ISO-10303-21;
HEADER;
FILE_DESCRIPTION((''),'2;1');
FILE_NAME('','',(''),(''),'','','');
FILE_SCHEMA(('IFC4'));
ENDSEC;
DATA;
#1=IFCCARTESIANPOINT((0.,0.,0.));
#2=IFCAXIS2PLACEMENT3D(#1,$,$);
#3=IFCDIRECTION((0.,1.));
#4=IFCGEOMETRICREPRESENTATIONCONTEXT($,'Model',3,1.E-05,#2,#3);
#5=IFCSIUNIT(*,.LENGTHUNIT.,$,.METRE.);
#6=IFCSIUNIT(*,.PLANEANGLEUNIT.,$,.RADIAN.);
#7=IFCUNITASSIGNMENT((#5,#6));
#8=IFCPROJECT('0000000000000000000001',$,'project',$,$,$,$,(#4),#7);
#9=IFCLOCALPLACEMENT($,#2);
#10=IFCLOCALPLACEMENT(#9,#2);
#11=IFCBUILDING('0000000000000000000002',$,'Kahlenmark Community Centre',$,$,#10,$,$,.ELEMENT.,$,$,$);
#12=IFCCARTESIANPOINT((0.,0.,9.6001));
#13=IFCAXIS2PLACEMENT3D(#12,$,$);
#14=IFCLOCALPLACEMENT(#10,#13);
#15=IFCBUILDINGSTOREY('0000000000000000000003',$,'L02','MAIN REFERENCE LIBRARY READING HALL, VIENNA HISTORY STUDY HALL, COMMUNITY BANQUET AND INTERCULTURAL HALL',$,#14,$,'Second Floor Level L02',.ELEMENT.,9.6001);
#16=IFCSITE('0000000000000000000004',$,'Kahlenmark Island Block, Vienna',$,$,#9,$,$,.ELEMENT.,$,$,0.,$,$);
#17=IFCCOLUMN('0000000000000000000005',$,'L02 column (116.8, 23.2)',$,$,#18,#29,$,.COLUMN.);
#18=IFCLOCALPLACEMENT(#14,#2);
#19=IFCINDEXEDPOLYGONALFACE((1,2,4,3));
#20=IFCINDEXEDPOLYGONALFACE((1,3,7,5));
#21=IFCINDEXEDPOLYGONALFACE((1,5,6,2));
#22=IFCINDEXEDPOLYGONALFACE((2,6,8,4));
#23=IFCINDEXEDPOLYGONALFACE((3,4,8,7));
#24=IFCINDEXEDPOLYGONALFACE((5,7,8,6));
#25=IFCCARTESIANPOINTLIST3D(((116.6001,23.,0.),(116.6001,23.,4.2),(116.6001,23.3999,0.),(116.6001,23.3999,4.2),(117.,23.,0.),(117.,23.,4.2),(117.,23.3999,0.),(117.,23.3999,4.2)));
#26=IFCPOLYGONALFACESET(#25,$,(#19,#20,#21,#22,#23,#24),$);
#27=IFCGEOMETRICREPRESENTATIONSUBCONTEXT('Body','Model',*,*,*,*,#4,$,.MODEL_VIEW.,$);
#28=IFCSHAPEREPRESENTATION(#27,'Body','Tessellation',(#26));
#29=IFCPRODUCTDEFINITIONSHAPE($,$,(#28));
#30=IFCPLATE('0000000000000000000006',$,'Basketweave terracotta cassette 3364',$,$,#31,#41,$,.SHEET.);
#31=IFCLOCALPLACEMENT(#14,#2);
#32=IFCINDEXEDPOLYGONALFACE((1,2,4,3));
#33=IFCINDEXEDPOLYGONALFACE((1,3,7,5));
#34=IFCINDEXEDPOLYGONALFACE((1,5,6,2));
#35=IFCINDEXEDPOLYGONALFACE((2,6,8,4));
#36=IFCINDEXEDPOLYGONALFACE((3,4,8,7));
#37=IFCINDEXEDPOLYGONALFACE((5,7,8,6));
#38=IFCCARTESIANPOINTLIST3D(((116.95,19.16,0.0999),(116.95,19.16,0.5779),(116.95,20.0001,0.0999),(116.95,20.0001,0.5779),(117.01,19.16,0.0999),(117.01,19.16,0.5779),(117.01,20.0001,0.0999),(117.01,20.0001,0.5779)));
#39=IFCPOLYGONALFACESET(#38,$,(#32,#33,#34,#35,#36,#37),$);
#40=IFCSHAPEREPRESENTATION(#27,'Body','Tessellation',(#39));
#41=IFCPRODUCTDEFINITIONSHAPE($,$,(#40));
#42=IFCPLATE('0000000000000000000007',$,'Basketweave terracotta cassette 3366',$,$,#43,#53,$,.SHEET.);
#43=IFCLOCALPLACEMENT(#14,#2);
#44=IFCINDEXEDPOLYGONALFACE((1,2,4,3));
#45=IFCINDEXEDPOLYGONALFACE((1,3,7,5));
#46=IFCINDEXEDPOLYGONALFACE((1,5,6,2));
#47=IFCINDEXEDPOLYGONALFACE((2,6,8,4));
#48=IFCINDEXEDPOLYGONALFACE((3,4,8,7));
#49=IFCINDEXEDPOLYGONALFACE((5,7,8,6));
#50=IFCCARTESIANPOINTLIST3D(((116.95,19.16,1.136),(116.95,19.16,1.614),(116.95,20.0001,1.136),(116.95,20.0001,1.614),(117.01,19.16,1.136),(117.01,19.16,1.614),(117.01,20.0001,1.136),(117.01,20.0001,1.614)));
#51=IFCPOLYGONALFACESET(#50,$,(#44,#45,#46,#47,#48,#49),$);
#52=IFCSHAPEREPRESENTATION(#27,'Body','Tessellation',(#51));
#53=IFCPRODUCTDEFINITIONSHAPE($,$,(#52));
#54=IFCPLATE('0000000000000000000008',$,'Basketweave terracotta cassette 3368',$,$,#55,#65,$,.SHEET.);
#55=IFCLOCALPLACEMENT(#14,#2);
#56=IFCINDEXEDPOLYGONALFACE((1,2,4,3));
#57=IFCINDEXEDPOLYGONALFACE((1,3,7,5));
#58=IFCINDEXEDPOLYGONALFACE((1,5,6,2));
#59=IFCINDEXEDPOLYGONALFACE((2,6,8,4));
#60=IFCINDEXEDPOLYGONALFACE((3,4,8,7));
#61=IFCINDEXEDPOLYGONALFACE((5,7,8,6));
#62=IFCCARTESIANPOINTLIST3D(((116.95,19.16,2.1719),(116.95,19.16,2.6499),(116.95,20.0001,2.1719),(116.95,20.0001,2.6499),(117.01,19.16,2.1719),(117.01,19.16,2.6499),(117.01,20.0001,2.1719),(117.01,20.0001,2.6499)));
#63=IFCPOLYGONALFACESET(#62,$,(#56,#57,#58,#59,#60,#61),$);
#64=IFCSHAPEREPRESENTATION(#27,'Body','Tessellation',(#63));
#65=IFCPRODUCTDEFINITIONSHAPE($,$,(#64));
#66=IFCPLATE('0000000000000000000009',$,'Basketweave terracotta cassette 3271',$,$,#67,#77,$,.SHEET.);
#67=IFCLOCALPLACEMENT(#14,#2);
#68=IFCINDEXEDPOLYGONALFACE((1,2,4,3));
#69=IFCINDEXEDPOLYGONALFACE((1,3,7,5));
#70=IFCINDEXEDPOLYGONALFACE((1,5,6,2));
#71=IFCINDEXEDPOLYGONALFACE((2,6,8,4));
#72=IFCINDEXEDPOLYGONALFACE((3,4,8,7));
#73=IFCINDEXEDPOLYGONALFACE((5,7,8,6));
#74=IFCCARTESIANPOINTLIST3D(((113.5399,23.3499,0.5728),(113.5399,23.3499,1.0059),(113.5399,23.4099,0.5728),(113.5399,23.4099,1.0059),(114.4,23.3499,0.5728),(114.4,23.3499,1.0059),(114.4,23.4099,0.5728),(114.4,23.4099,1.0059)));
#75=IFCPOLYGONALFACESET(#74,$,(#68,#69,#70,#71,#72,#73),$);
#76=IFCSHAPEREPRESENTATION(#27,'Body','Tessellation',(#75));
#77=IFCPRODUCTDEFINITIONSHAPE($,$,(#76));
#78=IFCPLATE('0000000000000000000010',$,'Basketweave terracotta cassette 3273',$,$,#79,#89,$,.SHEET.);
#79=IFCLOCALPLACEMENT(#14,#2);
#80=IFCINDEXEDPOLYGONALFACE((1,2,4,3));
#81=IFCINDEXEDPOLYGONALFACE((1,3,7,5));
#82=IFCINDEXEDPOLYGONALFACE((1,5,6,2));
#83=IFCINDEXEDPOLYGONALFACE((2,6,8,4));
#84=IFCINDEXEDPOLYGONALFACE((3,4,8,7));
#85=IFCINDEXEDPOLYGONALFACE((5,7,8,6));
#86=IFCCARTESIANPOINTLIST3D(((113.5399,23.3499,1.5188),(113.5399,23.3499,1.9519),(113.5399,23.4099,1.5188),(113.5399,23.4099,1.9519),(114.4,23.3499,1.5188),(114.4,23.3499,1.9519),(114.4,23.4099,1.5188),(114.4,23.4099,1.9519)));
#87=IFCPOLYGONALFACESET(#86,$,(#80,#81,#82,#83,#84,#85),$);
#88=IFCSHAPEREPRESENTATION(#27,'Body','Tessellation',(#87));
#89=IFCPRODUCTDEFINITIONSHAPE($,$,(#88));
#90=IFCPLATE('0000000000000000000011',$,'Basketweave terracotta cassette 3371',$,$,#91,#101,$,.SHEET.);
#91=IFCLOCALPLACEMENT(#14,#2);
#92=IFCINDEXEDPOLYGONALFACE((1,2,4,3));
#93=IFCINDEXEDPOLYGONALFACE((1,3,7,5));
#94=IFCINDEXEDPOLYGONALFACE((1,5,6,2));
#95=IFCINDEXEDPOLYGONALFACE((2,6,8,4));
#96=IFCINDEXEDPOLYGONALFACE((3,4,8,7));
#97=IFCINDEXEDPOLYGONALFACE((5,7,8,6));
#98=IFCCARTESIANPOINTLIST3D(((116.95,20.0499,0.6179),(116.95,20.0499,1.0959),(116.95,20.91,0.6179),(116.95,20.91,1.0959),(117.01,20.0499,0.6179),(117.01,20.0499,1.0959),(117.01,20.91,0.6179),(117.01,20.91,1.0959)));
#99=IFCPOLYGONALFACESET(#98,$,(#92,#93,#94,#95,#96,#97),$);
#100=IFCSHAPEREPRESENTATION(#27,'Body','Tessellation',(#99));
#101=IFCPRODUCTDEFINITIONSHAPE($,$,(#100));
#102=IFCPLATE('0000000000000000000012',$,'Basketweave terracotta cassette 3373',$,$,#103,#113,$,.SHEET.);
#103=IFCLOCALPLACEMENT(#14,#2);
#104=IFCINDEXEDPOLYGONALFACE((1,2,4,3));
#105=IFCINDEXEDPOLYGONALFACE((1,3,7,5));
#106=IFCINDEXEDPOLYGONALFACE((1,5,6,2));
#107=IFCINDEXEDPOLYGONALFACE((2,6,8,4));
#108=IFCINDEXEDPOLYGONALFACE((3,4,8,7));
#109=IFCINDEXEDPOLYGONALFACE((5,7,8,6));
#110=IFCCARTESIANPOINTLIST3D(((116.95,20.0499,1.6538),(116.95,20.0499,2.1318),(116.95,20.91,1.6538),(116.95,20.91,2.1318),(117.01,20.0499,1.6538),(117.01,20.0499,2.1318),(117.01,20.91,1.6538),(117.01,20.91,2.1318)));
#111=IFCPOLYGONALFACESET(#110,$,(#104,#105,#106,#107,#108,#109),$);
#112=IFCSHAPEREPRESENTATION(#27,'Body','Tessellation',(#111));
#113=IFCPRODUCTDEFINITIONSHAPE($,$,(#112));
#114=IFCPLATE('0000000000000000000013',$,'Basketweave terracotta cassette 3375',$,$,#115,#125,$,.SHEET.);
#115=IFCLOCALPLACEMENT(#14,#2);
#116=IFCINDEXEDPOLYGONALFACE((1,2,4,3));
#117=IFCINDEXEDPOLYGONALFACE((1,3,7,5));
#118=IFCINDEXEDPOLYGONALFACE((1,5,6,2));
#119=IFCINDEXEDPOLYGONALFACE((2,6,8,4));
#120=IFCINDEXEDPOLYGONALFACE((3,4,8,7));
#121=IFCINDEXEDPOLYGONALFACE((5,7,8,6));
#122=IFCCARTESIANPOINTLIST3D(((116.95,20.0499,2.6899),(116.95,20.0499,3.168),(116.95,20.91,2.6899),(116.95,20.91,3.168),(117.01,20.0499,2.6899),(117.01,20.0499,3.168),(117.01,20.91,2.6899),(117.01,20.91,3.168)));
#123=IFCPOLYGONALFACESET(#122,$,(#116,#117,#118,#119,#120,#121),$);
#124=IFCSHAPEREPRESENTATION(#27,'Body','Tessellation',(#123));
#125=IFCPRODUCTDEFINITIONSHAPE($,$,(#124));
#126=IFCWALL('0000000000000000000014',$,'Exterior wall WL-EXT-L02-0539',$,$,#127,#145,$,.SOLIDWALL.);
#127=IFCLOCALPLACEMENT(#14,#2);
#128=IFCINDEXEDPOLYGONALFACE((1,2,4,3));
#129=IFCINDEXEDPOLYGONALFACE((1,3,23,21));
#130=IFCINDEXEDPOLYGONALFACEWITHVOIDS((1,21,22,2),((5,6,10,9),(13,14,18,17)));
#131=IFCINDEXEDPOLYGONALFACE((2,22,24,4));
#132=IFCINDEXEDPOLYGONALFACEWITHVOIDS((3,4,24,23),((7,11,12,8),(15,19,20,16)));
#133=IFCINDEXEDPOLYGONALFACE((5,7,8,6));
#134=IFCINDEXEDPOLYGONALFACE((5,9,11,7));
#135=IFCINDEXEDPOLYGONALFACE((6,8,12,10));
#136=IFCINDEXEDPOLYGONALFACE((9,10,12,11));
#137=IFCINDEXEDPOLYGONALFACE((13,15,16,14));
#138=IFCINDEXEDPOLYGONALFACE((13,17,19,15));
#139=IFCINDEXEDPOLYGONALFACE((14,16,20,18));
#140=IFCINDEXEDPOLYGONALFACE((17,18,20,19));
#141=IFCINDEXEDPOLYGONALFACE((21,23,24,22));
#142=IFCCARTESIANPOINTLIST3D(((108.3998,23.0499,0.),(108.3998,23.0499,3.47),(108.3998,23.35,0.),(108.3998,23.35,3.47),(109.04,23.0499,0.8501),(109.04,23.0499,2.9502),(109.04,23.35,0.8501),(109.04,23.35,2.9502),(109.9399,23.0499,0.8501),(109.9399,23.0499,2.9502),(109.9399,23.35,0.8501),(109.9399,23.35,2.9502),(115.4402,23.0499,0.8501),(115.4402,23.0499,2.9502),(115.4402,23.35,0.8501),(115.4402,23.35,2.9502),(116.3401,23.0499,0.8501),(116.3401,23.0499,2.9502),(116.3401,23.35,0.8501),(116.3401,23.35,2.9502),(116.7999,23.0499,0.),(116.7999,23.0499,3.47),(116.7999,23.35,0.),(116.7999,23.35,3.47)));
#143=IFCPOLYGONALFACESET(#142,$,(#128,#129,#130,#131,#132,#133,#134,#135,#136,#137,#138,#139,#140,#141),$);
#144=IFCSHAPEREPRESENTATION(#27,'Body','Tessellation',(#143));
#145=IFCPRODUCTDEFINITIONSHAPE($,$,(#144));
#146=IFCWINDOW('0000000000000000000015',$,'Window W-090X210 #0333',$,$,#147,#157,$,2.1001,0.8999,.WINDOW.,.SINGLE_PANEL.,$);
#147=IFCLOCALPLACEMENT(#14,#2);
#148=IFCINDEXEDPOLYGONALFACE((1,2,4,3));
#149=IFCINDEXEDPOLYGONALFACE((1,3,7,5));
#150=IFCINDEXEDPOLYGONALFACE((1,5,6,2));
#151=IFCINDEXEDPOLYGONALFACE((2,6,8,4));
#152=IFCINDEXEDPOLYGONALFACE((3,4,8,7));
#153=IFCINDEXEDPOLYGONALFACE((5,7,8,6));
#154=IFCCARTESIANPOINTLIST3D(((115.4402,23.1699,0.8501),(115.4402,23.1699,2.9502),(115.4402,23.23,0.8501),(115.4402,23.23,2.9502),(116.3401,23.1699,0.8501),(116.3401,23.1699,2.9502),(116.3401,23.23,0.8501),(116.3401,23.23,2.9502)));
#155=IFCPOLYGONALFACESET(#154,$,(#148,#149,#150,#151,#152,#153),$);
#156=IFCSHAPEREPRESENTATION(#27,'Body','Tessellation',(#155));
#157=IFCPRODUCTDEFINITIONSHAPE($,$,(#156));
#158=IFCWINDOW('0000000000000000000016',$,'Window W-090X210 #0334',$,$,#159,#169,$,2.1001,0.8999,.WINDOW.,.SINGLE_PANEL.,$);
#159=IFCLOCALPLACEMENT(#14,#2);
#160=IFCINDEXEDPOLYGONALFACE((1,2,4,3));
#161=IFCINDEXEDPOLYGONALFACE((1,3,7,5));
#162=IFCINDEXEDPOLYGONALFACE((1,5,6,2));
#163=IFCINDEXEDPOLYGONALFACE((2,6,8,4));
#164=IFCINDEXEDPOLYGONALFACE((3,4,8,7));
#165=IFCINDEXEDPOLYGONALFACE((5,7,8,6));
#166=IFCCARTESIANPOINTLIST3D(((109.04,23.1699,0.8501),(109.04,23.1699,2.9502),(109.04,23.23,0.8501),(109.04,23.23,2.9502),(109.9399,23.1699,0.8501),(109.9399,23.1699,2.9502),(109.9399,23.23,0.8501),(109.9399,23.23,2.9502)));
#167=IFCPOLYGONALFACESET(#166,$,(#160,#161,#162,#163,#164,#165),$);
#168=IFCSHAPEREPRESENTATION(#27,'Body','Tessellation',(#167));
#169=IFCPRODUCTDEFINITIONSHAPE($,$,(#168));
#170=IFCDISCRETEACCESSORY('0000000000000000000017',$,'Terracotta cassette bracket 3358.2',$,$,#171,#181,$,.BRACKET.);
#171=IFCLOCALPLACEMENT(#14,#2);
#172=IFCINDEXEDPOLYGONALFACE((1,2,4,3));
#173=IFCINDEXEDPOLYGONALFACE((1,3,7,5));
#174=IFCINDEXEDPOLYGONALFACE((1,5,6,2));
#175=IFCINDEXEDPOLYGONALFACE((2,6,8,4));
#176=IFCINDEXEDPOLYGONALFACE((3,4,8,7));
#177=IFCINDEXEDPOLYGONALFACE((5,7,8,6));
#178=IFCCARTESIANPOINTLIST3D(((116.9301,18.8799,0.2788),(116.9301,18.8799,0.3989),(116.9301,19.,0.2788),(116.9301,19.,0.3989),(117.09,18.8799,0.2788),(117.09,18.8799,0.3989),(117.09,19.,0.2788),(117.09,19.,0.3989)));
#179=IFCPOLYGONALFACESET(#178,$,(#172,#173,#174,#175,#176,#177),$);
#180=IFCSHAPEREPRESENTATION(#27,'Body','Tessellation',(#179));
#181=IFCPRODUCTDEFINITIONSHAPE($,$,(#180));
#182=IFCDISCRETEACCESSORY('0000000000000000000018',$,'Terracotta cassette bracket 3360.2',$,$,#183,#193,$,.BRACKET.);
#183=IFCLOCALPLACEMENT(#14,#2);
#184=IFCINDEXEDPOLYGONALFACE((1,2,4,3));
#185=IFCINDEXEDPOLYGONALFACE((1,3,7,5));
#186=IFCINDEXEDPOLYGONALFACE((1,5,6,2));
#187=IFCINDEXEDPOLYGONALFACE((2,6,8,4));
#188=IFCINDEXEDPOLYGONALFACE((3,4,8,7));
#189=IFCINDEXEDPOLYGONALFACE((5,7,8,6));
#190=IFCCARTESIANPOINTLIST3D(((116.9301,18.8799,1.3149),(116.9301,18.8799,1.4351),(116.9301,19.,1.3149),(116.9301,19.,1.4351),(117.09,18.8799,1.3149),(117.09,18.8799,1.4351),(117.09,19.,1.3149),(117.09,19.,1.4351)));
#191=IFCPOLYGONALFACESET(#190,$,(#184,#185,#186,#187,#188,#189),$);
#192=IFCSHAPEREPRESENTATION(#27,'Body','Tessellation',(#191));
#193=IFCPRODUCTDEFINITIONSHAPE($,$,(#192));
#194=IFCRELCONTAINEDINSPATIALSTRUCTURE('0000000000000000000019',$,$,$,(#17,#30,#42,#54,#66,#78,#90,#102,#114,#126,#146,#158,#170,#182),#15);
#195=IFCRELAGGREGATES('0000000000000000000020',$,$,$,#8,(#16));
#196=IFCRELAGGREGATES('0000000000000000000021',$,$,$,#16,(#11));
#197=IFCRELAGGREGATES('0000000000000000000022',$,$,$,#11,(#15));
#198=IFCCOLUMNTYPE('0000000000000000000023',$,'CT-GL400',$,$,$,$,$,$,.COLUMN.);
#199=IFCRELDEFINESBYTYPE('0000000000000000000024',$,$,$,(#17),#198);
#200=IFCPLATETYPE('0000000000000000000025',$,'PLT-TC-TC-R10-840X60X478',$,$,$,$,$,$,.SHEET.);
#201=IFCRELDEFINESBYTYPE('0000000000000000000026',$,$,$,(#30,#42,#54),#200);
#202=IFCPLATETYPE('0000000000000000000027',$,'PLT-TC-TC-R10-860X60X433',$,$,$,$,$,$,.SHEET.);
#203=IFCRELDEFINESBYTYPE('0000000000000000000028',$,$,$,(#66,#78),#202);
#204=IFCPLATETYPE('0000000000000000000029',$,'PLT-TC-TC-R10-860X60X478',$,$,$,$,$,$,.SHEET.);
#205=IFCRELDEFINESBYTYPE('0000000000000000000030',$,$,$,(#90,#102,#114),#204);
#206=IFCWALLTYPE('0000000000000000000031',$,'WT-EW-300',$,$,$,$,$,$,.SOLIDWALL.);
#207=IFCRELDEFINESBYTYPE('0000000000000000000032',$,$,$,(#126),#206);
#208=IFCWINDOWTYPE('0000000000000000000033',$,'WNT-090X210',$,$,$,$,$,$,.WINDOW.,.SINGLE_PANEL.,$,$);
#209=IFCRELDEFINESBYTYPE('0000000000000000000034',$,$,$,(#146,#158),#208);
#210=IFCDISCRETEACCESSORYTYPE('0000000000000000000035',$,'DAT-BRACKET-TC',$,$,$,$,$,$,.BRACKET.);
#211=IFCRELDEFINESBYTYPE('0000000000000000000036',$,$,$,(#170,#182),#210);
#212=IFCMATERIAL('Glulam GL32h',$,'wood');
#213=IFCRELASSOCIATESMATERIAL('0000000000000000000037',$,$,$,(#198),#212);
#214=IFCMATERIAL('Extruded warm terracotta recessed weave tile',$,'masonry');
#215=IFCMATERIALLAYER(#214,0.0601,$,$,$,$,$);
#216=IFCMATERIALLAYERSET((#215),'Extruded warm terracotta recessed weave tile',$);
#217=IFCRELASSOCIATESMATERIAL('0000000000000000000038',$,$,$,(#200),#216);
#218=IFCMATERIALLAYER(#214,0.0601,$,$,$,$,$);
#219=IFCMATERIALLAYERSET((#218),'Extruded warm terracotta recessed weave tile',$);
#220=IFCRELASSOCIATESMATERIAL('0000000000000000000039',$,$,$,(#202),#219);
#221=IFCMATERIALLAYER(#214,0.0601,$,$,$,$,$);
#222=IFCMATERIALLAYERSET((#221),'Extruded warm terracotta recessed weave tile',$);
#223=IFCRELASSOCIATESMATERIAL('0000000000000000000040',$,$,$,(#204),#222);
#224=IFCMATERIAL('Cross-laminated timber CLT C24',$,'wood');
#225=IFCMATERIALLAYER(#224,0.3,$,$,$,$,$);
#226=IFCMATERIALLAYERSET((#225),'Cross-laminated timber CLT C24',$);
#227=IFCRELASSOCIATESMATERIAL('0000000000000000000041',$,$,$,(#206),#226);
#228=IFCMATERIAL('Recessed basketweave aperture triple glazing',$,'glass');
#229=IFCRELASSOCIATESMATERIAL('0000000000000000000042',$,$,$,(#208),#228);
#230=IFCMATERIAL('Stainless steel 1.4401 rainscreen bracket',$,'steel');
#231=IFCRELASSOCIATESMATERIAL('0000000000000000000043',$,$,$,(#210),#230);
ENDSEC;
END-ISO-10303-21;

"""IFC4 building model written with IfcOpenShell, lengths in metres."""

from ifc_helpers import new_model, si_unit, direction, frame, frame_2d, origin, origin_2d, place, context, subcontext, project, spatial, rectangle, extrude, material, layer, layer_set, material_profile, profile_set, type_object, element, fill, save


model = new_model("IFC4")

# Units and contexts
model_context = context("Model", 3, precision=1e-05, world=origin(), true_north=direction((0.0, 1.0)))
body_context = subcontext(model_context, "Body", "Model", "MODEL_VIEW")
ifc_project = project(units=[si_unit("LENGTHUNIT", "METRE"), si_unit("PLANEANGLEUNIT", "RADIAN")], contexts=[model_context])

# Site, building, storey
site_placement = place(None, origin())
site = spatial("IfcSite", under=ifc_project, at=site_placement, Name="Kahlenmark Island Block, Vienna", CompositionType="ELEMENT", RefElevation=0.0)
building_placement = place(site_placement, origin())
building = spatial("IfcBuilding", under=site, at=building_placement, Name="Kahlenmark Community Centre", CompositionType="ELEMENT")
storey_placement = place(building_placement, frame((0.0, 0.0, 9.6001)))
storey = spatial("IfcBuildingStorey", under=building, at=storey_placement, Name="L02", Description="MAIN REFERENCE LIBRARY READING HALL, VIENNA HISTORY STUDY HALL, COMMUNITY BANQUET AND INTERCULTURAL HALL", LongName="Second Floor Level L02", CompositionType="ELEMENT", Elevation=9.6001)

# Column
ifc_material_1 = material(Name="Glulam GL32h", Category="wood")
ifc_material_profile = material_profile(ifc_material_1, rectangle(XDim=0.3999, YDim=0.3999, at=origin_2d()), Name="GL32h 400x400")
ifc_profile_set = profile_set([ifc_material_profile], Name="Glulam GL32h")
column_type = type_object("IfcColumnType", Name="CT-GL400", PredefinedType="COLUMN", material=ifc_profile_set)
column_placement = place(storey_placement, frame((116.8, 23.2, 0.0), z_axis=(0.0, 0.0, 1.0), x_axis=(1.0, 0.0, 0.0)))
element("IfcColumn", 1, at=column_placement, inside=storey, type_object=column_type, Name="L02 column (116.8, 23.2)", PredefinedType="COLUMN", context=body_context, shape_type="SweptSolid", body=[
    extrude(rectangle(XDim=0.3999, YDim=0.3999, at=origin_2d()), origin(), (0.0, 0.0, 1.0), 4.2),
])

# Plates
ifc_material_2 = material(Name="Extruded warm terracotta recessed weave tile", Category="masonry")
ifc_layer_1 = layer(ifc_material_2, 0.0601)
ifc_layer_set_1 = layer_set([ifc_layer_1], Name="Extruded warm terracotta recessed weave tile")
plate_type_1 = type_object("IfcPlateType", Name="PLT-TC-TC-R10-840X60X478", PredefinedType="SHEET", material=ifc_layer_set_1)
for number, where, z_axis, x_axis, name in (
    (2, (116.98, 19.5801, 0.0999), (0.0, 0.0, 1.0), (0.0, 1.0, 0.0), "Basketweave terracotta cassette 3364"),
    (3, (116.98, 19.5801, 1.136), (0.0, 0.0, 1.0), (0.0, 1.0, 0.0), "Basketweave terracotta cassette 3366"),
    (4, (116.98, 19.5801, 2.1719), (0.0, 0.0, 1.0), (0.0, 1.0, 0.0), "Basketweave terracotta cassette 3368"),
):
    element("IfcPlate", number, at=place(storey_placement, frame(where, z_axis=z_axis, x_axis=x_axis)), inside=storey, type_object=plate_type_1, Name=name, PredefinedType="SHEET", context=body_context, shape_type="SweptSolid", body=[
        extrude(rectangle(XDim=0.8401, YDim=0.0601, at=origin_2d()), origin(), (0.0, 0.0, 1.0), 0.478),
    ])
ifc_layer_2 = layer(ifc_material_2, 0.0601)
ifc_layer_set_2 = layer_set([ifc_layer_2], Name="Extruded warm terracotta recessed weave tile")
plate_type_2 = type_object("IfcPlateType", Name="PLT-TC-TC-R10-860X60X433", PredefinedType="SHEET", material=ifc_layer_set_2)
for number, where, z_axis, x_axis, name in (
    (5, (113.97, 23.3799, 0.5728), (0.0, 0.0, 1.0), (-1.0, 0.0, 0.0), "Basketweave terracotta cassette 3271"),
    (6, (113.97, 23.3799, 1.5188), (0.0, 0.0, 1.0), (-1.0, 0.0, 0.0), "Basketweave terracotta cassette 3273"),
):
    element("IfcPlate", number, at=place(storey_placement, frame(where, z_axis=z_axis, x_axis=x_axis)), inside=storey, type_object=plate_type_2, Name=name, PredefinedType="SHEET", context=body_context, shape_type="SweptSolid", body=[
        extrude(rectangle(XDim=0.8601, YDim=0.0601, at=origin_2d()), origin(), (0.0, 0.0, 1.0), 0.4331),
    ])
ifc_layer_3 = layer(ifc_material_2, 0.0601)
ifc_layer_set_3 = layer_set([ifc_layer_3], Name="Extruded warm terracotta recessed weave tile")
plate_type_3 = type_object("IfcPlateType", Name="PLT-TC-TC-R10-860X60X478", PredefinedType="SHEET", material=ifc_layer_set_3)
for number, where, z_axis, x_axis, name in (
    (7, (116.98, 20.48, 0.6179), (0.0, 0.0, 1.0), (0.0, 1.0, 0.0), "Basketweave terracotta cassette 3371"),
    (8, (116.98, 20.48, 1.6538), (0.0, 0.0, 1.0), (0.0, 1.0, 0.0), "Basketweave terracotta cassette 3373"),
    (9, (116.98, 20.48, 2.6899), (0.0, 0.0, 1.0), (0.0, 1.0, 0.0), "Basketweave terracotta cassette 3375"),
):
    element("IfcPlate", number, at=place(storey_placement, frame(where, z_axis=z_axis, x_axis=x_axis)), inside=storey, type_object=plate_type_3, Name=name, PredefinedType="SHEET", context=body_context, shape_type="SweptSolid", body=[
        extrude(rectangle(XDim=0.8601, YDim=0.0601, at=origin_2d()), origin(), (0.0, 0.0, 1.0), 0.478),
    ])

# Wall, openings, windows
ifc_material_3 = material(Name="Cross-laminated timber CLT C24", Category="wood")
ifc_layer_4 = layer(ifc_material_3, 0.3)
ifc_layer_set_4 = layer_set([ifc_layer_4], Name="Cross-laminated timber CLT C24")
wall_type = type_object("IfcWallType", Name="WT-EW-300", PredefinedType="SOLIDWALL", material=ifc_layer_set_4)
wall_placement = place(storey_placement, frame((116.8, 23.2, 0.0), z_axis=(0.0, 0.0, 1.0), x_axis=(-1.0, 0.0, 0.0)))
wall = element("IfcWall", 10, at=wall_placement, inside=storey, type_object=wall_type, Name="Exterior wall WL-EXT-L02-0539", PredefinedType="SOLIDWALL", context=body_context, shape_type="SweptSolid", body=[
    extrude(rectangle(XDim=8.4001, YDim=0.3, at=frame_2d((4.2002, 0.0))), origin(), (0.0, 0.0, 1.0), 3.47),
])
opening_1_placement = place(wall_placement, frame((0.46, 0.0, 0.8501)))
opening_1 = element("IfcOpeningElement", 11, at=opening_1_placement, cuts=wall, PredefinedType="OPENING", context=body_context, shape_type="SweptSolid", body=[
    extrude(rectangle(XDim=0.8999, YDim=2.1001, at=frame_2d((0.45, 1.05))), frame((0.0, 0.1599, 0.0), z_axis=(0.0, -1.0, 0.0), x_axis=(1.0, 0.0, 0.0)), (0.0, 0.0, 1.0), 0.3201),
])
opening_2_placement = place(wall_placement, frame((6.8601, 0.0, 0.8501)))
opening_2 = element("IfcOpeningElement", 12, at=opening_2_placement, cuts=wall, PredefinedType="OPENING", context=body_context, shape_type="SweptSolid", body=[
    extrude(rectangle(XDim=0.8999, YDim=2.1001, at=frame_2d((0.45, 1.05))), frame((0.0, 0.1599, 0.0), z_axis=(0.0, -1.0, 0.0), x_axis=(1.0, 0.0, 0.0)), (0.0, 0.0, 1.0), 0.3201),
])
ifc_material_4 = material(Name="Recessed basketweave aperture triple glazing", Category="glass")
window_type = type_object("IfcWindowType", Name="WNT-090X210", PartitioningType="SINGLE_PANEL", PredefinedType="WINDOW", material=ifc_material_4)
window_1_placement = place(opening_1_placement, origin())
window_1 = element("IfcWindow", 13, at=window_1_placement, inside=storey, type_object=window_type, Name="Window W-090X210 #0333", OverallHeight=2.1001, OverallWidth=0.8999, PartitioningType="SINGLE_PANEL", PredefinedType="WINDOW", context=body_context, shape_type="SweptSolid", body=[
    extrude(rectangle(XDim=0.8999, YDim=2.1001, at=frame_2d((0.45, 1.05))), frame((0.0, 0.03, 0.0), z_axis=(0.0, -1.0, 0.0), x_axis=(1.0, 0.0, 0.0)), (0.0, 0.0, 1.0), 0.0601),
])
fill(opening_1, window_1)
window_2_placement = place(opening_2_placement, origin())
window_2 = element("IfcWindow", 14, at=window_2_placement, inside=storey, type_object=window_type, Name="Window W-090X210 #0334", OverallHeight=2.1001, OverallWidth=0.8999, PartitioningType="SINGLE_PANEL", PredefinedType="WINDOW", context=body_context, shape_type="SweptSolid", body=[
    extrude(rectangle(XDim=0.8999, YDim=2.1001, at=frame_2d((0.45, 1.05))), frame((0.0, 0.03, 0.0), z_axis=(0.0, -1.0, 0.0), x_axis=(1.0, 0.0, 0.0)), (0.0, 0.0, 1.0), 0.0601),
])
fill(opening_2, window_2)

# Discrete accessories
ifc_material_5 = material(Name="Stainless steel 1.4401 rainscreen bracket", Category="steel")
discrete_accessory_type = type_object("IfcDiscreteAccessoryType", Name="DAT-BRACKET-TC", PredefinedType="BRACKET", material=ifc_material_5)
for number, where, z_axis, x_axis, name in (
    (15, (117.01, 18.9399, 0.2788), (0.0, 0.0, 1.0), (0.0, 1.0, 0.0), "Terracotta cassette bracket 3358.2"),
    (16, (117.01, 18.9399, 1.3149), (0.0, 0.0, 1.0), (0.0, 1.0, 0.0), "Terracotta cassette bracket 3360.2"),
):
    element("IfcDiscreteAccessory", number, at=place(storey_placement, frame(where, z_axis=z_axis, x_axis=x_axis)), inside=storey, type_object=discrete_accessory_type, Name=name, PredefinedType="BRACKET", context=body_context, shape_type="SweptSolid", body=[
        extrude(rectangle(XDim=0.1201, YDim=0.1599, at=origin_2d()), origin(), (0.0, 0.0, 1.0), 0.1201),
    ])

save(model, "model.ifc")
